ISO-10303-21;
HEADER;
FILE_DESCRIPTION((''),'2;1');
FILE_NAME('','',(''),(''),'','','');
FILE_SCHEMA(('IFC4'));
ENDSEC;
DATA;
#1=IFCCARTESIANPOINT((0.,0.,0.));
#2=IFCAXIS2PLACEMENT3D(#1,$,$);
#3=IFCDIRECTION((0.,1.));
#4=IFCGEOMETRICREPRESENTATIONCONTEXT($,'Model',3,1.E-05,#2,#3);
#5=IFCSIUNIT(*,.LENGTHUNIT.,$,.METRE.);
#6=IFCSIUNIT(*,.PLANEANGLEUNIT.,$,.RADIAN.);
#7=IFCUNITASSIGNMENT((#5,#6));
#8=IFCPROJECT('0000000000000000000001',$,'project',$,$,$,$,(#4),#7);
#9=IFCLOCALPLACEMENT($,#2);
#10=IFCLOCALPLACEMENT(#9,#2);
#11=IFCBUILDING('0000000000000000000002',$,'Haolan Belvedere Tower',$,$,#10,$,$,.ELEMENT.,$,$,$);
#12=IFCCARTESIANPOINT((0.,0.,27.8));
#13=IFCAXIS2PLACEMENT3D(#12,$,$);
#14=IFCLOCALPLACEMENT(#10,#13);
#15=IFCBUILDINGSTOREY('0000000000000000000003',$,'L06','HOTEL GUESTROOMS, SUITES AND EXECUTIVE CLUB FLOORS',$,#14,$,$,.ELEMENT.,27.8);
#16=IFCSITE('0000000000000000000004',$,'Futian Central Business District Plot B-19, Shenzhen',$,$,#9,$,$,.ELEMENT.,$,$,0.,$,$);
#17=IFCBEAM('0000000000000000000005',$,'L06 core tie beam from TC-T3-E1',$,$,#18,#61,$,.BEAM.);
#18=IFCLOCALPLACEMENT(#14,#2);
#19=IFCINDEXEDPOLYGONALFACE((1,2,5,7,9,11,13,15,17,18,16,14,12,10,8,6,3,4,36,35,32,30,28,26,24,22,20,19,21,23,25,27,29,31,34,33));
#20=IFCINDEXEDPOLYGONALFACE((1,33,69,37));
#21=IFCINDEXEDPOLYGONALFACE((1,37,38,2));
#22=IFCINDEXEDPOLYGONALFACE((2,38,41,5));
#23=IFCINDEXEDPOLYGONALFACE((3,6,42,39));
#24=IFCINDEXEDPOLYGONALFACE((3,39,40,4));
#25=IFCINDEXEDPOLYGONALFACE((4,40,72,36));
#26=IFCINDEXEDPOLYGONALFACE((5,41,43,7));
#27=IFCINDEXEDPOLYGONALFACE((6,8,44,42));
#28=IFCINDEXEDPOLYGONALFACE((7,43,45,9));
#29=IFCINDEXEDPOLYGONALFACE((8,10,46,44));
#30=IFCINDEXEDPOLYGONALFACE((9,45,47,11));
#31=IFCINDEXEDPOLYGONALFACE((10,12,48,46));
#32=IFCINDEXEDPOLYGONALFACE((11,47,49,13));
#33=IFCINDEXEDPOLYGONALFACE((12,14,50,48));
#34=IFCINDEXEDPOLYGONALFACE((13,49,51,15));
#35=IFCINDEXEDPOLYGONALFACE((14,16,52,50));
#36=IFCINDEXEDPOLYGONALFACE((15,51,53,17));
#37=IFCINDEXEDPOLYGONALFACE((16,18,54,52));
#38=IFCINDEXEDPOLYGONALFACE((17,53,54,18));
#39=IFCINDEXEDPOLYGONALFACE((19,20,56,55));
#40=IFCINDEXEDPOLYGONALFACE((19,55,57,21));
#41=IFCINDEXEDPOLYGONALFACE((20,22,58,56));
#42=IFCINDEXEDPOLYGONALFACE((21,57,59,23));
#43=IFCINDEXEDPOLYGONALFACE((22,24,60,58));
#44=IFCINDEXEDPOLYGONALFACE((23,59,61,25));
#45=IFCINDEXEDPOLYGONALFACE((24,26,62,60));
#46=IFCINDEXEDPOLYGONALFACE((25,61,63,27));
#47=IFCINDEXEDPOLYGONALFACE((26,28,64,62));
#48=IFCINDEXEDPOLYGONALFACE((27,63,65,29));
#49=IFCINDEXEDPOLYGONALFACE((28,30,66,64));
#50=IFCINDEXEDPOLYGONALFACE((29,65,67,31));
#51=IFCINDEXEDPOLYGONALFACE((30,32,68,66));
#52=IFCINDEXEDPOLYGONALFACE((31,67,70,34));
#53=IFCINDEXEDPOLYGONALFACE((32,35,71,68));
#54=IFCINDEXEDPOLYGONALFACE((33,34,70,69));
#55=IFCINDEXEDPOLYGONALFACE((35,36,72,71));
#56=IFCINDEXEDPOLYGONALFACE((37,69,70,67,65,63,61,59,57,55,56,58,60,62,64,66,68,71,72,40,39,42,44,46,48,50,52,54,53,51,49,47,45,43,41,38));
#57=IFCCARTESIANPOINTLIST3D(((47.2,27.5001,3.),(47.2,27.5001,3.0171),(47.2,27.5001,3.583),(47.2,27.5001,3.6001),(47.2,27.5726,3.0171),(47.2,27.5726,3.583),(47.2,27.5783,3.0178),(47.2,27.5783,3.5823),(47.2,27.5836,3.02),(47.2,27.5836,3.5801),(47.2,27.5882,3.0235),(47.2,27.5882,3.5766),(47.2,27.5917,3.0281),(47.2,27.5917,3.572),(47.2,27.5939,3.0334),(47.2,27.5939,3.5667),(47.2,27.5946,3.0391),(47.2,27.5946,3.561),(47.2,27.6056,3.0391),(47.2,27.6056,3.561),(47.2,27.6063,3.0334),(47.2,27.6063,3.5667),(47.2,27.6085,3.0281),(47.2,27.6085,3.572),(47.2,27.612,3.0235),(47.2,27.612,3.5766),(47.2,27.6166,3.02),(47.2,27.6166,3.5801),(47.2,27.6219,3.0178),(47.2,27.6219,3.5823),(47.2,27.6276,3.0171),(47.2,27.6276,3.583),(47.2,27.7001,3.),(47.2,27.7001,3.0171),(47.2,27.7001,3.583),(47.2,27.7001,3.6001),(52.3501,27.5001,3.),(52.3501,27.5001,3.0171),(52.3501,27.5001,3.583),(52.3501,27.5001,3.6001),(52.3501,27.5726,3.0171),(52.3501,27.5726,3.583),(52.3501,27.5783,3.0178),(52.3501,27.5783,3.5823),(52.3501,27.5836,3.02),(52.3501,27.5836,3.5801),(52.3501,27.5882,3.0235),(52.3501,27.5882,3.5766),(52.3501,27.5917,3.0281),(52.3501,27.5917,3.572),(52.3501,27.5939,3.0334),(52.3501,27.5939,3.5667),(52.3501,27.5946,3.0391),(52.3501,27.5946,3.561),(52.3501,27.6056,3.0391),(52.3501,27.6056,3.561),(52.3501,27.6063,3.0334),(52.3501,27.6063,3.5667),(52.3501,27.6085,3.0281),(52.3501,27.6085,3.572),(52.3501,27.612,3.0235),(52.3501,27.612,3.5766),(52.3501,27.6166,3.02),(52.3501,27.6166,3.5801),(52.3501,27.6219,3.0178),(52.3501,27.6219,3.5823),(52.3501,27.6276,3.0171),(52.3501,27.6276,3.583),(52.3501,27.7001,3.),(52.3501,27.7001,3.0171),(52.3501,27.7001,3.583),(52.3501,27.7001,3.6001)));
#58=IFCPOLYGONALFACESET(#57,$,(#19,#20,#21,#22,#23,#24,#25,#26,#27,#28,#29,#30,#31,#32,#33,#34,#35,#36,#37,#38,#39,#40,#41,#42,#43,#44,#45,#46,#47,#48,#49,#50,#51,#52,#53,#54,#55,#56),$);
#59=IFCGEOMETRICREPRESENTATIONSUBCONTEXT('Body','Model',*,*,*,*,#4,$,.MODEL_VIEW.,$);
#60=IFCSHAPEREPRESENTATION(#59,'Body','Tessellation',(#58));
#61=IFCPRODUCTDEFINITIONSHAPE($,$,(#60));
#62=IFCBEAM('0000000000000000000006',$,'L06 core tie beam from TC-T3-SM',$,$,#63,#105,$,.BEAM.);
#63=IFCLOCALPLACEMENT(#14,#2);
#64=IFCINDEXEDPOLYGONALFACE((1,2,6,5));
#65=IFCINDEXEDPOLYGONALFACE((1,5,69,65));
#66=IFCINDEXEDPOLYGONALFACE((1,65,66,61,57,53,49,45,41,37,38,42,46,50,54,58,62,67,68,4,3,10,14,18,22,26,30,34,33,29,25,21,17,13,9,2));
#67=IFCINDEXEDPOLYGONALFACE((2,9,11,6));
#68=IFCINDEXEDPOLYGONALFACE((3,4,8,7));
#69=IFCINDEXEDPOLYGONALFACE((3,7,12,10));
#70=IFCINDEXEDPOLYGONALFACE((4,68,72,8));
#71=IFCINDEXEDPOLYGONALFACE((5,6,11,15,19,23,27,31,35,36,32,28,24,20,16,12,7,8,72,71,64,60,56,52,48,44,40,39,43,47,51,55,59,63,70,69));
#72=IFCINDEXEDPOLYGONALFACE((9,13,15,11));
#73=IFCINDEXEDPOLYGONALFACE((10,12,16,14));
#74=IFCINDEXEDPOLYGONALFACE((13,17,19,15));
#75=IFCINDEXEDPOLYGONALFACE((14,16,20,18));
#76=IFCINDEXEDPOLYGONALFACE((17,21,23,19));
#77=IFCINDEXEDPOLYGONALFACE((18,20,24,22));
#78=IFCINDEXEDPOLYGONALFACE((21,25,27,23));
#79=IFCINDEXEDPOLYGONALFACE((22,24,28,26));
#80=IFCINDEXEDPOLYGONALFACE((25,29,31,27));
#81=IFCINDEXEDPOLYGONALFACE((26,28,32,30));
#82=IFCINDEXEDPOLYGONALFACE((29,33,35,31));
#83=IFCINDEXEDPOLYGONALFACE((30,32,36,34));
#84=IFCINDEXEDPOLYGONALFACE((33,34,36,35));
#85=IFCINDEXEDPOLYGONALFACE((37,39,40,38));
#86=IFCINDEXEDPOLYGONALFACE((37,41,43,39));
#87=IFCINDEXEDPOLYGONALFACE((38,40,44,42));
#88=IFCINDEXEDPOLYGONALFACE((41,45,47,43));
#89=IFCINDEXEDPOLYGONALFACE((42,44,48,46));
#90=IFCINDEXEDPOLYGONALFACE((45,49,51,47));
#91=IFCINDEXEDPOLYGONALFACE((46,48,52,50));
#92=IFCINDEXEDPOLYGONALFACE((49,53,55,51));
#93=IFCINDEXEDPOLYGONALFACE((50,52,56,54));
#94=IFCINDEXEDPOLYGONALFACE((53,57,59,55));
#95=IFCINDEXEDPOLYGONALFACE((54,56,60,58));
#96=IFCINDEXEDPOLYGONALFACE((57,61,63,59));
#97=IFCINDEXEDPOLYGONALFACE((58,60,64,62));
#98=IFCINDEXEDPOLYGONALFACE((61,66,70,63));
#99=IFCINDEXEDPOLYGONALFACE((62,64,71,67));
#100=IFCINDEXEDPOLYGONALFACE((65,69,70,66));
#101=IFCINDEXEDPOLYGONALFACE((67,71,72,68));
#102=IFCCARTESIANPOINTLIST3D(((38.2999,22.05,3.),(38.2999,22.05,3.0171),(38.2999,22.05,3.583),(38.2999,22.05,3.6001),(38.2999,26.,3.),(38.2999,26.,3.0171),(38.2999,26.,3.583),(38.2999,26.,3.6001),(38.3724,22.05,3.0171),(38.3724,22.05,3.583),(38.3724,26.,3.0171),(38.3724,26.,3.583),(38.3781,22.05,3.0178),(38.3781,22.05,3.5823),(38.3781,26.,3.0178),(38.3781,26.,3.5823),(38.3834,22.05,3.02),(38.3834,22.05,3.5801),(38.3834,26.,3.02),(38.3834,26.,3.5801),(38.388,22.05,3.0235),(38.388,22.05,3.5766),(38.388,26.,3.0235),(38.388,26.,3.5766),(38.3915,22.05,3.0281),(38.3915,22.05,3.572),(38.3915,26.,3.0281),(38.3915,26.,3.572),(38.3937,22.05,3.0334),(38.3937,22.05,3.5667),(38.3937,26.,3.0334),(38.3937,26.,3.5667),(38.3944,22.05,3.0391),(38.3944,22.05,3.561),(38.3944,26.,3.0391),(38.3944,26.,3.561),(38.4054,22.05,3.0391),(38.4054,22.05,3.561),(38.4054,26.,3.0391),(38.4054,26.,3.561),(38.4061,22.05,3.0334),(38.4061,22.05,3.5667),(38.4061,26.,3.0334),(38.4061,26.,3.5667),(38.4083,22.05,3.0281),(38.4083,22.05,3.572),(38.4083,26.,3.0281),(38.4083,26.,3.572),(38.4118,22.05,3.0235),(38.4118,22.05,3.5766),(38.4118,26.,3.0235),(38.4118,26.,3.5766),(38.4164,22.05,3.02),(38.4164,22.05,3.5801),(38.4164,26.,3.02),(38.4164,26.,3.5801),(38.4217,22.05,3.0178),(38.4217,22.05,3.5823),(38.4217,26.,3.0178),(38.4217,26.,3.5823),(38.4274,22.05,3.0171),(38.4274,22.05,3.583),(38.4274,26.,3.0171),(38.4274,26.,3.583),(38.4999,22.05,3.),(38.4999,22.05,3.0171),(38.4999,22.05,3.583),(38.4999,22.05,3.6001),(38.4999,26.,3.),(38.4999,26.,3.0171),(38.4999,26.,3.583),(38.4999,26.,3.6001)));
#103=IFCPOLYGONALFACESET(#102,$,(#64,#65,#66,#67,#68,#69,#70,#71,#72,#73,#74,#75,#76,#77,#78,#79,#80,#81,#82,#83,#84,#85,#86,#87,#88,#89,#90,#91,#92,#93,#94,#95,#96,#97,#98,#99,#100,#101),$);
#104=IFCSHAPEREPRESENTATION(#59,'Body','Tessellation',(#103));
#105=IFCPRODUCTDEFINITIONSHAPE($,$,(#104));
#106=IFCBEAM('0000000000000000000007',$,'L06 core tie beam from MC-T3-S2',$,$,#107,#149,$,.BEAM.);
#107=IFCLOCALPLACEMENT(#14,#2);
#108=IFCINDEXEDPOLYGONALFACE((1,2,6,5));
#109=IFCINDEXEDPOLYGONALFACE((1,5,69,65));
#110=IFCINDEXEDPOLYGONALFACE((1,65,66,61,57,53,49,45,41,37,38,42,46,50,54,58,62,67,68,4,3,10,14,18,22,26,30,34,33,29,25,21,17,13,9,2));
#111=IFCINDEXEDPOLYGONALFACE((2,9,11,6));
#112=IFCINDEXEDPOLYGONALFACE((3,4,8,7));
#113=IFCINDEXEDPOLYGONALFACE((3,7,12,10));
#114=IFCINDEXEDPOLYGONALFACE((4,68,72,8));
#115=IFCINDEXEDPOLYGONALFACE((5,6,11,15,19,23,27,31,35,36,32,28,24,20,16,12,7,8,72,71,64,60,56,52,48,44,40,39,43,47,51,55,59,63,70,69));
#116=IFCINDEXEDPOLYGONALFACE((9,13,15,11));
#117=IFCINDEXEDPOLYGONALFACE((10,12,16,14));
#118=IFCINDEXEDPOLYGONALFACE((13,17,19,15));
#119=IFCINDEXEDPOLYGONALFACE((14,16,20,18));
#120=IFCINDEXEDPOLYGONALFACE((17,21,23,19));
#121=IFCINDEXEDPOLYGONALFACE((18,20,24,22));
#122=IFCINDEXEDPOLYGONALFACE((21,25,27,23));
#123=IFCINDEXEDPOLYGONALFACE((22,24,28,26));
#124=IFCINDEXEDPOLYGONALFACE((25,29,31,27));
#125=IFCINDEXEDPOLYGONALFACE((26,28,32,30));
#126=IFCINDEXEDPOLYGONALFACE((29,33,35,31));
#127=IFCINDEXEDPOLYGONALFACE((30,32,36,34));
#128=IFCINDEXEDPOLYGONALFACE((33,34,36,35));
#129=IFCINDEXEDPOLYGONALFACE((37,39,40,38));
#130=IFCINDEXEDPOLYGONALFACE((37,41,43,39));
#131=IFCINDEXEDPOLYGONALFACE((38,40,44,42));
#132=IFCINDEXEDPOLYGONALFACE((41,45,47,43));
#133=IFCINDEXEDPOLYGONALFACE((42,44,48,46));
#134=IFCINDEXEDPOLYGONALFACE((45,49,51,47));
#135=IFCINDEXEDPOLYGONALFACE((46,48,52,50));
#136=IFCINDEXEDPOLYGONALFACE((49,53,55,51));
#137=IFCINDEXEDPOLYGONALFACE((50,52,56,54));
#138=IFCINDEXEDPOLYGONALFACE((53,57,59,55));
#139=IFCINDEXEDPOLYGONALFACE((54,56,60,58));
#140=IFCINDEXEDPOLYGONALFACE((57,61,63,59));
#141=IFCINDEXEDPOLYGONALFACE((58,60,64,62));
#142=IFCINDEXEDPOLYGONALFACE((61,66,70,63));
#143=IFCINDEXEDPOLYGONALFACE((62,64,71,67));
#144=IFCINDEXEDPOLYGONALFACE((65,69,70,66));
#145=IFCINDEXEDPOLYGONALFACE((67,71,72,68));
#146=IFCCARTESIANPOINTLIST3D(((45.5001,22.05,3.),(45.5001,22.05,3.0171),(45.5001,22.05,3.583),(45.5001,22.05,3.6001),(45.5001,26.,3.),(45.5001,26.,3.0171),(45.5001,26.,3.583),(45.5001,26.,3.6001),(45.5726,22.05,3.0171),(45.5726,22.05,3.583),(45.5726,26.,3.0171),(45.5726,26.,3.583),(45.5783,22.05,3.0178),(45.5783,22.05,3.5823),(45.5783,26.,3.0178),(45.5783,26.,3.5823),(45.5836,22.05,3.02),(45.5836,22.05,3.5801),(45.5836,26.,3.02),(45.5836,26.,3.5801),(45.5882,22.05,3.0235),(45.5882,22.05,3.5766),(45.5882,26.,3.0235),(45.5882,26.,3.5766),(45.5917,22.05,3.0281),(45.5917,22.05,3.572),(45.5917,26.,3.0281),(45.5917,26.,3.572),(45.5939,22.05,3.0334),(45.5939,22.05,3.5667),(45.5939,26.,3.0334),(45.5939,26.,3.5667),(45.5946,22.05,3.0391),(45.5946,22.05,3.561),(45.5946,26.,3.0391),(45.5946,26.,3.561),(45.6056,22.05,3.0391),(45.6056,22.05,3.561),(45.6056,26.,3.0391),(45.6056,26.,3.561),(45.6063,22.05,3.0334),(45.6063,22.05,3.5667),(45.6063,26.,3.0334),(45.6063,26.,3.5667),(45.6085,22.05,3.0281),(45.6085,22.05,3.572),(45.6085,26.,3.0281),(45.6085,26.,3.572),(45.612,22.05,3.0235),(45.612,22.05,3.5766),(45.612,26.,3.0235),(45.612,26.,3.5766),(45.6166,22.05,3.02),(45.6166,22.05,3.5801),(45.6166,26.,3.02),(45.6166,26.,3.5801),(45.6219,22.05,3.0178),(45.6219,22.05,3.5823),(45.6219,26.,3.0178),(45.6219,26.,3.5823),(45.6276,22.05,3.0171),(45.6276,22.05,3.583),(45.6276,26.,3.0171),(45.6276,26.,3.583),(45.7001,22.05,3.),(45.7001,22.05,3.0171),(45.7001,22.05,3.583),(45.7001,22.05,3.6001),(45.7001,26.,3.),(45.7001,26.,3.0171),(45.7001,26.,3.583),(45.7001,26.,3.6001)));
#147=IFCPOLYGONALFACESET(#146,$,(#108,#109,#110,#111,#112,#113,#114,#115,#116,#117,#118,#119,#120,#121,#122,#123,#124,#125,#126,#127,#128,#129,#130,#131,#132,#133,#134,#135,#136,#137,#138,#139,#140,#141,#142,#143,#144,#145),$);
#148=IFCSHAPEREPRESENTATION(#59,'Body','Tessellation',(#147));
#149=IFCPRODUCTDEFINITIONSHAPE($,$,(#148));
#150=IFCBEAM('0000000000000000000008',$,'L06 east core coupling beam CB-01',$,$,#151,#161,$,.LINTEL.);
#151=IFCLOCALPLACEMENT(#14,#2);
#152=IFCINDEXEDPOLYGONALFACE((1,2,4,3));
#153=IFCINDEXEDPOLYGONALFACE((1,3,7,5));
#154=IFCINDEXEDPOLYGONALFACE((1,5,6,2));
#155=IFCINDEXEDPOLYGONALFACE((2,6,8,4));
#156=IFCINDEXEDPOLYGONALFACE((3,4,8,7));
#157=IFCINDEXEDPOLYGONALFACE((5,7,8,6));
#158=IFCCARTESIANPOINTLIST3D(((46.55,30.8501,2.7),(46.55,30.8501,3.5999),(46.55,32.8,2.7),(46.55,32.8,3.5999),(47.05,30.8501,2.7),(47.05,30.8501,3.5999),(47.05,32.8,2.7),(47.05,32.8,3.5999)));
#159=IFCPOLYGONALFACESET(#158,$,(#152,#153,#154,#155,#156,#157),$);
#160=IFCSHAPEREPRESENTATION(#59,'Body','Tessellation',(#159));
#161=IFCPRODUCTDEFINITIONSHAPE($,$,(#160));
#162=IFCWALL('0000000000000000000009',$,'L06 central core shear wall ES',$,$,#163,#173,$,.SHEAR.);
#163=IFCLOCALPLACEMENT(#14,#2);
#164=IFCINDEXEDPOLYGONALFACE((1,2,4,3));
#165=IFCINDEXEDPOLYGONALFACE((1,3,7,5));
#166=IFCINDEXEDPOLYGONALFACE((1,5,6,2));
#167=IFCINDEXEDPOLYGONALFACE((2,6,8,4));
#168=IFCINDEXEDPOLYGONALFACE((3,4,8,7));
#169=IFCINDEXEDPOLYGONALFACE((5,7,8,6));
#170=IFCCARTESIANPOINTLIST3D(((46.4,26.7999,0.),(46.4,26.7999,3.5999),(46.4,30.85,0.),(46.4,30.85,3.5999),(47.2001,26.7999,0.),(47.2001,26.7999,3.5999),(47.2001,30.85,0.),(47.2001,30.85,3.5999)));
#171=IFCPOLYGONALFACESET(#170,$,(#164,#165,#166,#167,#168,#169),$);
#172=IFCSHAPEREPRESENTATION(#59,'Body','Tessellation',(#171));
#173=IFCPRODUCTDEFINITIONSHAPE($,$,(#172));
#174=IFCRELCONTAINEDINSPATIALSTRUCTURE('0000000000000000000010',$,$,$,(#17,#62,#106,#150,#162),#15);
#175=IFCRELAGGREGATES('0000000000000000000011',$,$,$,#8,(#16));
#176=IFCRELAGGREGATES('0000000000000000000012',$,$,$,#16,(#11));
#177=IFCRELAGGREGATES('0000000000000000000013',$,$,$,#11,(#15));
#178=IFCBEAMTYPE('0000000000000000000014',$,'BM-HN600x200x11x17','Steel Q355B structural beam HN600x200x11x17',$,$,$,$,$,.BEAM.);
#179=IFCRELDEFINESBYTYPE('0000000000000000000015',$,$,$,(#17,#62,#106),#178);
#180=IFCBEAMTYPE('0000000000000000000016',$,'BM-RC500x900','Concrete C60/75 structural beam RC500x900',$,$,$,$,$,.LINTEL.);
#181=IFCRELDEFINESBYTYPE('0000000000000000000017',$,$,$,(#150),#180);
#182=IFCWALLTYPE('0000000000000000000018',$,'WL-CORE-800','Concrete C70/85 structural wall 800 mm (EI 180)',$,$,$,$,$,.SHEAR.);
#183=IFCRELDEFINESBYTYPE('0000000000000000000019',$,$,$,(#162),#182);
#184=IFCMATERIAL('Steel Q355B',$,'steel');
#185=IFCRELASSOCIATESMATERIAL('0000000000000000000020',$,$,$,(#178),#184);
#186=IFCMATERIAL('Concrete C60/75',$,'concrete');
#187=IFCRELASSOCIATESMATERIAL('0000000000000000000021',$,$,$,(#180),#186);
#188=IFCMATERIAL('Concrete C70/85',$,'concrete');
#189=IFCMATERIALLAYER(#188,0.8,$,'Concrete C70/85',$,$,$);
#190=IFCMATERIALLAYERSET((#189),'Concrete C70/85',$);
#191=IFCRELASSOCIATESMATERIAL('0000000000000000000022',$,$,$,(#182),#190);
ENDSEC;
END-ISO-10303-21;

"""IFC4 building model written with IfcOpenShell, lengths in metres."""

from ifc_helpers import new_model, si_unit, direction, frame, frame_2d, origin, origin_2d, place, context, subcontext, project, spatial, rectangle, i_section, extrude, material, layer, layer_set, material_profile, profile_set, type_object, element, save


model = new_model("IFC4")

# Units and contexts
model_context = context("Model", 3, precision=1e-05, world=origin(), true_north=direction((0.0, 1.0)))
body_context = subcontext(model_context, "Body", "Model", "MODEL_VIEW")
ifc_project = project(units=[si_unit("LENGTHUNIT", "METRE"), si_unit("PLANEANGLEUNIT", "RADIAN")], contexts=[model_context])

# Site, building, storey
site_placement = place(None, origin())
site = spatial("IfcSite", under=ifc_project, at=site_placement, Name="Futian Central Business District Plot B-19, Shenzhen", CompositionType="ELEMENT", RefElevation=0.0)
building_placement = place(site_placement, origin())
building = spatial("IfcBuilding", under=site, at=building_placement, Name="Haolan Belvedere Tower", CompositionType="ELEMENT")
storey_placement = place(building_placement, frame((0.0, 0.0, 27.8)))
storey = spatial("IfcBuildingStorey", under=building, at=storey_placement, Name="L06", Description="HOTEL GUESTROOMS, SUITES AND EXECUTIVE CLUB FLOORS", CompositionType="ELEMENT", Elevation=27.8)

# Shared definitions
ifc_material_1 = material(Name="Steel Q355B", Category="steel")

# Beams
ifc_material_profile_1 = material_profile(ifc_material_1, i_section(OverallWidth=0.2, OverallDepth=0.6001, WebThickness=0.011, FlangeThickness=0.0171, FilletRadius=0.022, at=origin_2d()), Name="Steel Q355B")
ifc_profile_set_1 = profile_set([ifc_material_profile_1], Name="Steel Q355B")
beam_type_1 = type_object("IfcBeamType", Name="BM-HN600x200x11x17", Description="Steel Q355B structural beam HN600x200x11x17", PredefinedType="BEAM", material=ifc_profile_set_1)
beam_1_placement = place(storey_placement, frame((52.3501, 27.6001, 3.3), z_axis=(-1.0, 0.0, 0.0), x_axis=(0.0, -1.0, 0.0)))
element("IfcBeam", 1, at=beam_1_placement, inside=storey, type_object=beam_type_1, Name="L06 core tie beam from TC-T3-E1", PredefinedType="BEAM", context=body_context, shape_type="SweptSolid", body=[
    extrude(i_section(OverallWidth=0.2, OverallDepth=0.6001, WebThickness=0.011, FlangeThickness=0.0171, FilletRadius=0.022, at=origin_2d()), origin(), (0.0, 0.0, 1.0), 5.1501),
])
for number, where, z_axis, x_axis, name in (
    (2, (38.3999, 22.05, 3.3), (0.0, 1.0, 0.0), (-1.0, 0.0, 0.0), "L06 core tie beam from TC-T3-SM"),
    (3, (45.6001, 22.05, 3.3), (0.0, 1.0, 0.0), (-1.0, 0.0, 0.0), "L06 core tie beam from MC-T3-S2"),
):
    element("IfcBeam", number, at=place(storey_placement, frame(where, z_axis=z_axis, x_axis=x_axis)), inside=storey, type_object=beam_type_1, Name=name, PredefinedType="BEAM", context=body_context, shape_type="SweptSolid", body=[
        extrude(i_section(OverallWidth=0.2, OverallDepth=0.6001, WebThickness=0.011, FlangeThickness=0.0171, FilletRadius=0.022, at=origin_2d()), origin(), (0.0, 0.0, 1.0), 3.95),
    ])
ifc_material_2 = material(Name="Concrete C60/75", Category="concrete")
ifc_material_profile_2 = material_profile(ifc_material_2, rectangle(XDim=0.5, YDim=0.8999, at=origin_2d()), Name="Concrete C60/75")
ifc_profile_set_2 = profile_set([ifc_material_profile_2], Name="Concrete C60/75")
beam_type_2 = type_object("IfcBeamType", Name="BM-RC500x900", Description="Concrete C60/75 structural beam RC500x900", PredefinedType="LINTEL", material=ifc_profile_set_2)
beam_2_placement = place(storey_placement, frame((46.8, 30.8501, 3.1499), z_axis=(0.0, 1.0, 0.0), x_axis=(-1.0, 0.0, 0.0)))
element("IfcBeam", 4, at=beam_2_placement, inside=storey, type_object=beam_type_2, Name="L06 east core coupling beam CB-01", PredefinedType="LINTEL", context=body_context, shape_type="SweptSolid", body=[
    extrude(rectangle(XDim=0.5, YDim=0.8999, at=origin_2d()), origin(), (0.0, 0.0, 1.0), 1.95),
])

# Wall
ifc_material_3 = material(Name="Concrete C70/85", Category="concrete")
ifc_layer_1 = layer(ifc_material_3, 0.8, Name="Concrete C70/85")
ifc_layer_set_1 = layer_set([ifc_layer_1], Name="Concrete C70/85")
wall_type_1 = type_object("IfcWallType", Name="WL-CORE-800", Description="Concrete C70/85 structural wall 800 mm (EI 180)", PredefinedType="SHEAR", material=ifc_layer_set_1)
wall_1_placement = place(storey_placement, frame((46.8, 26.8, 0.0), z_axis=(0.0, 0.0, 1.0), x_axis=(0.0, 1.0, 0.0)))
element("IfcWall", 5, at=wall_1_placement, inside=storey, type_object=wall_type_1, Name="L06 central core shear wall ES", PredefinedType="SHEAR", context=body_context, shape_type="SweptSolid", body=[
    extrude(rectangle(XDim=4.05, YDim=0.8, at=frame_2d((2.0249, 0.0))), origin(), (0.0, 0.0, 1.0), 3.5999),
])

save(model, "model.ifc")
